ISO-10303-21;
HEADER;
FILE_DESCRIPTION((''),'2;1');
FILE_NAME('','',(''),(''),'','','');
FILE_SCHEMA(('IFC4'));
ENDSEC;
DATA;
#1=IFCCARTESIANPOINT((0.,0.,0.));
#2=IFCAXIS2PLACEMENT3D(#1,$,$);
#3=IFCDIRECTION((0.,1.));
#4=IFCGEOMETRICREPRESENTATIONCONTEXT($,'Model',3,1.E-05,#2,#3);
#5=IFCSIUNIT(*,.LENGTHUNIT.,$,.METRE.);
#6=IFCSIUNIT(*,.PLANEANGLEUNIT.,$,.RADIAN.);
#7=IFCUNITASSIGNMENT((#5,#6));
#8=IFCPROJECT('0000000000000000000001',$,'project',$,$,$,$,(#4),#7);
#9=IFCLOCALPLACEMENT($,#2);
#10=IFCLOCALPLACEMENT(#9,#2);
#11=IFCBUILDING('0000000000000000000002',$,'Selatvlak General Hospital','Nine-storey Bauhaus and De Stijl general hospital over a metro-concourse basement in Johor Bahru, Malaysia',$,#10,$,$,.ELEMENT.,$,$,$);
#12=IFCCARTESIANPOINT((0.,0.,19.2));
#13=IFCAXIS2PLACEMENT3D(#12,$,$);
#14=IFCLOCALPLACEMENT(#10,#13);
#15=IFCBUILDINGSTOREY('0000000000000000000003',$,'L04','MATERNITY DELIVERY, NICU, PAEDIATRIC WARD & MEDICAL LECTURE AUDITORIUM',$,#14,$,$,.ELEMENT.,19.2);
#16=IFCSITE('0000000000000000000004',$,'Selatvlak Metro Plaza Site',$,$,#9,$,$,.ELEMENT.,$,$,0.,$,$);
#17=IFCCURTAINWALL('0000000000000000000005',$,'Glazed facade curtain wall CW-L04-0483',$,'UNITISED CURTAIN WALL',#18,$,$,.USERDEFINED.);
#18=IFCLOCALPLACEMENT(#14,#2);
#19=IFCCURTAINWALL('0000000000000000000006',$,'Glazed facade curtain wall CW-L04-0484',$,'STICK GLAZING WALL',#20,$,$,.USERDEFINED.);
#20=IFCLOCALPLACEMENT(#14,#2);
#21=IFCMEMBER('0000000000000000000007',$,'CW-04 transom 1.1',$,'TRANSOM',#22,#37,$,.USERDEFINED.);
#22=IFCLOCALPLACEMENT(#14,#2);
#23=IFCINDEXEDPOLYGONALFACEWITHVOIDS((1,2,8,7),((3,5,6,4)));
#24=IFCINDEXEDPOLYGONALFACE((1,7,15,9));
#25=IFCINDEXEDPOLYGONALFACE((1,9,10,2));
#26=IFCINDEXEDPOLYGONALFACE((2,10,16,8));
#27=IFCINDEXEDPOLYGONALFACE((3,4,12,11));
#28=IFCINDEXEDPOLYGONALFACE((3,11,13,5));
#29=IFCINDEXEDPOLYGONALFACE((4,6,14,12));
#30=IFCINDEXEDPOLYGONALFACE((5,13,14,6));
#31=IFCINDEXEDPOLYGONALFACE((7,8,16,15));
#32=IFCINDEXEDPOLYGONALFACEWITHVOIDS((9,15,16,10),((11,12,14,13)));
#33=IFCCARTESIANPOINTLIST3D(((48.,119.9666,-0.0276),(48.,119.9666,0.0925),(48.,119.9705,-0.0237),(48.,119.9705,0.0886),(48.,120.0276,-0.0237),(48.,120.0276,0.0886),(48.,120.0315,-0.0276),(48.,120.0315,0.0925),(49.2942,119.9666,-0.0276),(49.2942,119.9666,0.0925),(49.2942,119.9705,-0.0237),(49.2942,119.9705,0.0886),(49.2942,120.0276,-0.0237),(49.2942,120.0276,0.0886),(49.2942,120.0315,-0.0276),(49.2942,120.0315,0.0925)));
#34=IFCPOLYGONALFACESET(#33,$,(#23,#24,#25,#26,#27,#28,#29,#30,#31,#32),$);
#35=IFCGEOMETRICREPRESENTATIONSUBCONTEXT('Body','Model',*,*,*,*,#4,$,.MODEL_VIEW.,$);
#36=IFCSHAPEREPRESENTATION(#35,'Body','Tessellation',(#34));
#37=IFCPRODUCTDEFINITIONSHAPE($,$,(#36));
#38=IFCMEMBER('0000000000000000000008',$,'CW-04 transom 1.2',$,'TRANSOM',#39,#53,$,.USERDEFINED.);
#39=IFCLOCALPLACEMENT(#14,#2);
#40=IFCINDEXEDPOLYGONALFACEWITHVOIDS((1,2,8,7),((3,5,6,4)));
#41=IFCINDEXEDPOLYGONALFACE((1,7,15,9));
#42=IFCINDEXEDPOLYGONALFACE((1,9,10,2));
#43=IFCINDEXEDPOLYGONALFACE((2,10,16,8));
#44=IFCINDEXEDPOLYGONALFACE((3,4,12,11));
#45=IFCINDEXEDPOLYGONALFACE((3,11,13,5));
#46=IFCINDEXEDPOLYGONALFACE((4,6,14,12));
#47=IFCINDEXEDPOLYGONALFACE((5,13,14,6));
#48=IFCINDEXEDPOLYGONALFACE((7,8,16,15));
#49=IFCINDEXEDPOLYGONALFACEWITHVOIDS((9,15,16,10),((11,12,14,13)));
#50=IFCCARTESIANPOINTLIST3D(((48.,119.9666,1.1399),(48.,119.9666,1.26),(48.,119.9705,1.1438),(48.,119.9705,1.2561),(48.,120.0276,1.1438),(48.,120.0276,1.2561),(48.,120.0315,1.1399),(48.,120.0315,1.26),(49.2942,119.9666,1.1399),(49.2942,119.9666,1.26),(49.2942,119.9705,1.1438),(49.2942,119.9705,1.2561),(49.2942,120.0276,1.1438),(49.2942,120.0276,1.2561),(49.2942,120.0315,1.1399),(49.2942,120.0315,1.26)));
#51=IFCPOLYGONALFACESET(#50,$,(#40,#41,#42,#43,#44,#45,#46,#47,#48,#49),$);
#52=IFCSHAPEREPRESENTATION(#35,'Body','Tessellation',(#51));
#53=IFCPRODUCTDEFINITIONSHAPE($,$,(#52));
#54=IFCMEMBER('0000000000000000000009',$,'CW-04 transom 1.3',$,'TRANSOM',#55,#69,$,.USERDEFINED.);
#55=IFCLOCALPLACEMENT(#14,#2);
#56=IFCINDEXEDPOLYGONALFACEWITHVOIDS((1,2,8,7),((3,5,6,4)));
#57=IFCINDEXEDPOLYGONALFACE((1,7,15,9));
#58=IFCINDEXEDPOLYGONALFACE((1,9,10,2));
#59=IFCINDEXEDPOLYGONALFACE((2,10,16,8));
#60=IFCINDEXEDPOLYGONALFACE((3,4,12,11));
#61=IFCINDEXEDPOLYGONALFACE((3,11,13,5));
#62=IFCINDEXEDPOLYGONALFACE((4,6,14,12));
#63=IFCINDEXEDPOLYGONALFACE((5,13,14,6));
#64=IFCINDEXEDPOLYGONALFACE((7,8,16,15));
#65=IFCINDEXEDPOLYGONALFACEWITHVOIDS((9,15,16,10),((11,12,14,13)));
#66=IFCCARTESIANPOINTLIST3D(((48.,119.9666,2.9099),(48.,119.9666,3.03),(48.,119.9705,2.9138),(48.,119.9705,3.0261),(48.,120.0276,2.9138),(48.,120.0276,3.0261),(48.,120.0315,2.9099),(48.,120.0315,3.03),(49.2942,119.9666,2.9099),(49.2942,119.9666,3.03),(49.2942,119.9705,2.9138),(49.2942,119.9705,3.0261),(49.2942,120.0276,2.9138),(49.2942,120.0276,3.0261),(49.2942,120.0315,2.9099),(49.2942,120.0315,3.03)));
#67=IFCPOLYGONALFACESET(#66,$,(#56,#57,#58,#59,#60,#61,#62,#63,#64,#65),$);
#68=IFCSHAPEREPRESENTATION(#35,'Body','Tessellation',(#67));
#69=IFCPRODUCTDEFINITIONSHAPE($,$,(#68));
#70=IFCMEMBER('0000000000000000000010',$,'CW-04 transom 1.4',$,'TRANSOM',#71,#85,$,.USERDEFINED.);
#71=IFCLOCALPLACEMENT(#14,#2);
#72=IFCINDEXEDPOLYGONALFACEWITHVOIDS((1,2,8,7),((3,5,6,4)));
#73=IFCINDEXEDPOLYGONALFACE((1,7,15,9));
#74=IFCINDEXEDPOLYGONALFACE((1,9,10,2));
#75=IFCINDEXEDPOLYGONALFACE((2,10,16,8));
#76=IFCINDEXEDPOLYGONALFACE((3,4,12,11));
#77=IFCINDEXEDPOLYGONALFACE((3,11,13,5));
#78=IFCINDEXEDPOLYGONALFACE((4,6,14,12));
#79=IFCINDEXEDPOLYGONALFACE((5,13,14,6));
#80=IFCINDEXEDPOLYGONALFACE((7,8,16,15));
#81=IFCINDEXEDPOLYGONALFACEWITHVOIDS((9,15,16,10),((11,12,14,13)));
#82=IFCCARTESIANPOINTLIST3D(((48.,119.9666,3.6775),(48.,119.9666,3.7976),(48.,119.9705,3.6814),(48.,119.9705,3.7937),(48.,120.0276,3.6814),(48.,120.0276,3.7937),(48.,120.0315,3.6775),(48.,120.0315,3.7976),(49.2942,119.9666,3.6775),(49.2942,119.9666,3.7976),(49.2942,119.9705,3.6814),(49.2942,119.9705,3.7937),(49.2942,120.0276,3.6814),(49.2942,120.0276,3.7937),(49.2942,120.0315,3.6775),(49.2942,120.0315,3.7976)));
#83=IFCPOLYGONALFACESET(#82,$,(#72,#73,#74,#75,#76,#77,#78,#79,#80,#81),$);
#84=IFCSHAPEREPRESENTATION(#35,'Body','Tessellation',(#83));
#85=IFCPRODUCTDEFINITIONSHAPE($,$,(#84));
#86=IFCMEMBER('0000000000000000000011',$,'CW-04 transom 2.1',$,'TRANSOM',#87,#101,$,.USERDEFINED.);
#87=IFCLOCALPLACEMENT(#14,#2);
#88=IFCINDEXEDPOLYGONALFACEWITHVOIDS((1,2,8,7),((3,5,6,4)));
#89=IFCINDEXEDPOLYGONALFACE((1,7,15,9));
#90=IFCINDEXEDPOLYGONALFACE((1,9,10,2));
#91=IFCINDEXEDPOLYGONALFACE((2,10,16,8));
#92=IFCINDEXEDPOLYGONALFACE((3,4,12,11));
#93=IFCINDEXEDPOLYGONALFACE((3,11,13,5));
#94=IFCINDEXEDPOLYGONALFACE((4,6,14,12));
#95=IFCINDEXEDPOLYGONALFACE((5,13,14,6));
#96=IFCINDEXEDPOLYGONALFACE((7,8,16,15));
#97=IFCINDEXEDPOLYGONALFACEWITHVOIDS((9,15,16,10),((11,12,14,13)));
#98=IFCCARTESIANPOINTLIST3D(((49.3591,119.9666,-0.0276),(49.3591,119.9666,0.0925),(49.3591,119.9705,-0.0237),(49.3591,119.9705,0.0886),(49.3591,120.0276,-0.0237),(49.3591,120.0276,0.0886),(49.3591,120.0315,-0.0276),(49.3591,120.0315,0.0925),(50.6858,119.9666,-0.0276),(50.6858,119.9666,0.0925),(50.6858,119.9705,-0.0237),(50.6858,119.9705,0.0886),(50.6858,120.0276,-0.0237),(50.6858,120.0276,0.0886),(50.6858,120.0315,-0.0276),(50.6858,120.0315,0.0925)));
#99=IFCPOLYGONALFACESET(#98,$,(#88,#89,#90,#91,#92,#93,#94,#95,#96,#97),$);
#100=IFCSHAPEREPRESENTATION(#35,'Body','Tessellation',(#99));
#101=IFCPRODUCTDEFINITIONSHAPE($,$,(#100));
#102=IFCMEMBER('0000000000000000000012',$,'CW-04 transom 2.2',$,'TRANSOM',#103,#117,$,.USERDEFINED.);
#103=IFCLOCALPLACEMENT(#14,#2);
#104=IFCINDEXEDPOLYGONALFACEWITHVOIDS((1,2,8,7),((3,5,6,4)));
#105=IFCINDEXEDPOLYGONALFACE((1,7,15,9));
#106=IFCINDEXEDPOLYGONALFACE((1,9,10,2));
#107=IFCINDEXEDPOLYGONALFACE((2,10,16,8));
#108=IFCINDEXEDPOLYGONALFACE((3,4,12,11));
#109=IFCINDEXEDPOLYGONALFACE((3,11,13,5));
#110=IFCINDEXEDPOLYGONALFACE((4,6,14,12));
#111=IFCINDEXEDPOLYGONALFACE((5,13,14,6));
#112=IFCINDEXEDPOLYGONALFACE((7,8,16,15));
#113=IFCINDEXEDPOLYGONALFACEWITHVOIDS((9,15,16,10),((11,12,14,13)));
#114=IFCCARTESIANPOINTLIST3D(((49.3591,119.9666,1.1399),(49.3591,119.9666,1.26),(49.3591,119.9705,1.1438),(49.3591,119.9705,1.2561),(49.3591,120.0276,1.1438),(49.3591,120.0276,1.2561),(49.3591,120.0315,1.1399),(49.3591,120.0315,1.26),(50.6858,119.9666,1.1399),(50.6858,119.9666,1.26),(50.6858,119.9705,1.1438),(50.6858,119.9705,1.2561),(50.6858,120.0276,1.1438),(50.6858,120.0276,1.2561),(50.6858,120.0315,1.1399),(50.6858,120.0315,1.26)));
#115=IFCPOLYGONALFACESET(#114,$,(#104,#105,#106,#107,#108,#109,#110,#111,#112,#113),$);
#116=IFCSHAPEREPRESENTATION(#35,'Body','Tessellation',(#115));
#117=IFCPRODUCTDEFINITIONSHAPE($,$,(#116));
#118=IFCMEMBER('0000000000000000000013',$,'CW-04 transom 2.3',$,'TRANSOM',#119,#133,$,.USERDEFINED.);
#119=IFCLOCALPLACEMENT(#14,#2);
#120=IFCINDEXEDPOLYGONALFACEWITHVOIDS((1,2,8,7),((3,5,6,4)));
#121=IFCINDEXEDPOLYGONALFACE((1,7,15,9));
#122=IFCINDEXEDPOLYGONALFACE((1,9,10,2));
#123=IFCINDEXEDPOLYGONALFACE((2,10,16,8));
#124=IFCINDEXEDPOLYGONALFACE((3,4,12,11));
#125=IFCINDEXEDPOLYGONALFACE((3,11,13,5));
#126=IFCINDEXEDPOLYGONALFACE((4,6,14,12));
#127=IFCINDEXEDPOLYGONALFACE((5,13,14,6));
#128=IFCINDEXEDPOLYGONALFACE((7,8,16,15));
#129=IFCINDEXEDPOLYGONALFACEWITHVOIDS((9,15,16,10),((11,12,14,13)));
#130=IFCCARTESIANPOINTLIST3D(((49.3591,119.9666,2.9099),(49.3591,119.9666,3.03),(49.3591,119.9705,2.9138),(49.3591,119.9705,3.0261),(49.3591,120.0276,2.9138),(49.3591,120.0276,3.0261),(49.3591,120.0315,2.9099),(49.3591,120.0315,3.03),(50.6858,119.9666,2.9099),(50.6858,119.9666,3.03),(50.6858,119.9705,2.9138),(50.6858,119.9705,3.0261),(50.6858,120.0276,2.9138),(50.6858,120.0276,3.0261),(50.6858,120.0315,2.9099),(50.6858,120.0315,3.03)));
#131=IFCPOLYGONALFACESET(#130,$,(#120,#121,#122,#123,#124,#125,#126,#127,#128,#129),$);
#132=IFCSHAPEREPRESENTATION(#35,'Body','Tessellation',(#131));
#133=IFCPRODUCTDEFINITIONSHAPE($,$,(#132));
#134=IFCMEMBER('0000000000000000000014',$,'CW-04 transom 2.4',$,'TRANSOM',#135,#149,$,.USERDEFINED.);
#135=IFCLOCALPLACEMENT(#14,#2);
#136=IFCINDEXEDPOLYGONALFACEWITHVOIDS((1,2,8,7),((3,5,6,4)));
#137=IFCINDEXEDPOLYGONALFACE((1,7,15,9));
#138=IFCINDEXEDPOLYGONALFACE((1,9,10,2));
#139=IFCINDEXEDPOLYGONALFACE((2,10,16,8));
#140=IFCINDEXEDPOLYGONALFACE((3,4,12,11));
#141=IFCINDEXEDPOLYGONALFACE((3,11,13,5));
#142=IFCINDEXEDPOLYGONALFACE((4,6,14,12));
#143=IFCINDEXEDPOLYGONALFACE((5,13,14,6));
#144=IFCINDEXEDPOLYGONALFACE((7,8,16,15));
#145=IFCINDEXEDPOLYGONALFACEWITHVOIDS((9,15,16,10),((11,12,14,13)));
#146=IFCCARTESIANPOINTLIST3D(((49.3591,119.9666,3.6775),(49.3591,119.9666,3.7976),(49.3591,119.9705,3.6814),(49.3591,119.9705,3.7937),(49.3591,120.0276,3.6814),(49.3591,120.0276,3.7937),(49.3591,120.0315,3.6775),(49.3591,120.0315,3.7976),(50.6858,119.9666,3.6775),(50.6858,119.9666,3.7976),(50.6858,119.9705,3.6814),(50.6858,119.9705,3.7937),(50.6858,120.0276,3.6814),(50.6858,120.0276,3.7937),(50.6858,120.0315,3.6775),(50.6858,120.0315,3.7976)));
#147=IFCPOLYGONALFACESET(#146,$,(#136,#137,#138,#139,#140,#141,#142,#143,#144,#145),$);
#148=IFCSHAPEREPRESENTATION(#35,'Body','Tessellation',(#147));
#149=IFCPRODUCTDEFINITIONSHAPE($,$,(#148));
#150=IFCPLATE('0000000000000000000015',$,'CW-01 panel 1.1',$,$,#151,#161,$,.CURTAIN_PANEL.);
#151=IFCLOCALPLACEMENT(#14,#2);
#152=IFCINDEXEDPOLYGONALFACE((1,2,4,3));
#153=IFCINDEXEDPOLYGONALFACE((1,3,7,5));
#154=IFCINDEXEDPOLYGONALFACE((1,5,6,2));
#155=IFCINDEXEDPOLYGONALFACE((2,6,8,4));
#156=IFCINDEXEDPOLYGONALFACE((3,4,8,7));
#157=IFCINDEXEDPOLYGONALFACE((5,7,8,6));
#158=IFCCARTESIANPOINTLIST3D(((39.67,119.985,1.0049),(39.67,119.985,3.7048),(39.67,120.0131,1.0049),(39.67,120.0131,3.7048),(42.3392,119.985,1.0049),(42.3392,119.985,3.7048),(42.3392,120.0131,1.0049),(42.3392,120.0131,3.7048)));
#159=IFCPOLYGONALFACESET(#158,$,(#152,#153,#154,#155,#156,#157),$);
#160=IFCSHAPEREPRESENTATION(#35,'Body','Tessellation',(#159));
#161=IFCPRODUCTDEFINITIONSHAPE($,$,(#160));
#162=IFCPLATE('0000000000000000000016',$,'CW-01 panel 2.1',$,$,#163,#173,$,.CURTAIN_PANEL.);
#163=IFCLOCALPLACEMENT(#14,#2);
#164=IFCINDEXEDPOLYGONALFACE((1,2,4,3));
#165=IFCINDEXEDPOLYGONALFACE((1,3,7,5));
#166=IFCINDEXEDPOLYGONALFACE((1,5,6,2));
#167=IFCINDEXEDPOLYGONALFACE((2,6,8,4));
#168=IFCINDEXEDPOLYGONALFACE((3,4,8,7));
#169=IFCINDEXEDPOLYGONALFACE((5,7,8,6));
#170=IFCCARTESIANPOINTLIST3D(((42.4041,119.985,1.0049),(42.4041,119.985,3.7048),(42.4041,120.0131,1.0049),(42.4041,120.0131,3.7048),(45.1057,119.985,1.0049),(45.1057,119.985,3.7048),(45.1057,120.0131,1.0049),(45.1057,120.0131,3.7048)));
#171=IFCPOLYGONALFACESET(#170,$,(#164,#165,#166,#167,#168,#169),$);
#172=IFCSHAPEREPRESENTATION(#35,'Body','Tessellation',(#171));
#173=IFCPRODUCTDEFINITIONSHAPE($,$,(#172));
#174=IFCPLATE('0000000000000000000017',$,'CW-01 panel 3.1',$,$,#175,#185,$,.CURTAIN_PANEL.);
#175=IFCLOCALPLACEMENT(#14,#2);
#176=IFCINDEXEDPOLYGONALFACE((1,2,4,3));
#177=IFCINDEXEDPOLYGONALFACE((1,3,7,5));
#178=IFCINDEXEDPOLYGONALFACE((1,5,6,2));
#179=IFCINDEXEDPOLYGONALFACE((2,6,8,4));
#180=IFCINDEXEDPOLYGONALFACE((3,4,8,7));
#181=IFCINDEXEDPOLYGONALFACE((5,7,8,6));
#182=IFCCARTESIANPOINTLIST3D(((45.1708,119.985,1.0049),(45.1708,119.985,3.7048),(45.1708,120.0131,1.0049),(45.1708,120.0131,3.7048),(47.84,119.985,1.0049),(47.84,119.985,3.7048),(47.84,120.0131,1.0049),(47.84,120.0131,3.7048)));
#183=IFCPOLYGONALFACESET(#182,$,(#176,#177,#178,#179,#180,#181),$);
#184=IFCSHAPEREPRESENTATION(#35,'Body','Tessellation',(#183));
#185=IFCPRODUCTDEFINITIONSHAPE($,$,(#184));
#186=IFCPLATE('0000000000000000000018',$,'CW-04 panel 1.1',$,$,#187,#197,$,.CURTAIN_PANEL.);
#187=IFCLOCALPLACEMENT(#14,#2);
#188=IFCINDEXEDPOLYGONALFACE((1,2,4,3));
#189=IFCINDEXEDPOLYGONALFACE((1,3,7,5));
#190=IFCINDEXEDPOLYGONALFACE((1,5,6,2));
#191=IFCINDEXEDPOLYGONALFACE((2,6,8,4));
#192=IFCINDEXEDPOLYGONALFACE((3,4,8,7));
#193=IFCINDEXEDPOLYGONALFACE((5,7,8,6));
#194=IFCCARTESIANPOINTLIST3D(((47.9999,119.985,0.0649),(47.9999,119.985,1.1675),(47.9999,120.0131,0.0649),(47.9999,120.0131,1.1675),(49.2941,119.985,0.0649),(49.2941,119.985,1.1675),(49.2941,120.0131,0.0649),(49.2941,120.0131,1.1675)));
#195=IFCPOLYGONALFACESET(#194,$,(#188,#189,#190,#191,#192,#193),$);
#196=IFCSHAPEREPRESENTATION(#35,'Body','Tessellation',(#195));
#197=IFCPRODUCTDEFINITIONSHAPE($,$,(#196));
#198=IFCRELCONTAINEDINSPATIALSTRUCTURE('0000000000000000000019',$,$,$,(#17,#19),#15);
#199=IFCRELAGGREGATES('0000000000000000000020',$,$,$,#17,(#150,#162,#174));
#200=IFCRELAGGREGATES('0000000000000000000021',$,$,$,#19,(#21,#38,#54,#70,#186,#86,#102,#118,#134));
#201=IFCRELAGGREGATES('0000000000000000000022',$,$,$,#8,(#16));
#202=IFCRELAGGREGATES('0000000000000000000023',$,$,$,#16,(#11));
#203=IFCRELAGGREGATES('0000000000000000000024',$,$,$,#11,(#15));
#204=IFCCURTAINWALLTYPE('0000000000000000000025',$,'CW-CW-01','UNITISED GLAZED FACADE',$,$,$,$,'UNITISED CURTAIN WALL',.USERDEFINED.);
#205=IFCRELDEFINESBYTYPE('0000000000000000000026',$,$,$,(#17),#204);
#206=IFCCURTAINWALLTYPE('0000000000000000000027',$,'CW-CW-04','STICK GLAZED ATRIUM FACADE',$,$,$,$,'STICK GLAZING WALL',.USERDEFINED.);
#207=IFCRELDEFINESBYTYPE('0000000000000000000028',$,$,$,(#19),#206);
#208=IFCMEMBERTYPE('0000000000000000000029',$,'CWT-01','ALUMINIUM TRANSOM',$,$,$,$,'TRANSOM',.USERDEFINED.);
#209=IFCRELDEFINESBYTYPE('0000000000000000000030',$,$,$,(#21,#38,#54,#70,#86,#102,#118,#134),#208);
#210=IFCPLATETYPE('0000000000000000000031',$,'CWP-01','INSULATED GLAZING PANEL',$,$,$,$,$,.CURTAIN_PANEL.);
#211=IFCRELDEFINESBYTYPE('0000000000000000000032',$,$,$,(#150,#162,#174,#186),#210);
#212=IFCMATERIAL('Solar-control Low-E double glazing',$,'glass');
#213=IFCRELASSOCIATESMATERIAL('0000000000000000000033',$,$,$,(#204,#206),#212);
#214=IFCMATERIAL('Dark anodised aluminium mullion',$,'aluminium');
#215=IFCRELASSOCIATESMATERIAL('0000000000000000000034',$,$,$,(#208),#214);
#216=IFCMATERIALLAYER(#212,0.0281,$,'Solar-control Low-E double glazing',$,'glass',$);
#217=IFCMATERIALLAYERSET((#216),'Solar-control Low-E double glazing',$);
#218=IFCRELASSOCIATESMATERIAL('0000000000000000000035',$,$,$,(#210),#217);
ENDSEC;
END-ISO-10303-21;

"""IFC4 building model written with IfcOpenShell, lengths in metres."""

from ifc_helpers import new_model, si_unit, direction, frame, origin, origin_2d, place, context, subcontext, project, spatial, rectangle, hollow_rectangle, extrude, material, layer, layer_set, material_profile, profile_set, type_object, element, aggregate, save


model = new_model("IFC4")

# Units and contexts
model_context = context("Model", 3, precision=1e-05, world=origin(), true_north=direction((0.0, 1.0)))
body_context = subcontext(model_context, "Body", "Model", "MODEL_VIEW")
ifc_project = project(units=[si_unit("LENGTHUNIT", "METRE"), si_unit("PLANEANGLEUNIT", "RADIAN")], contexts=[model_context])

# Site, building, storey
site_placement = place(None, origin())
site = spatial("IfcSite", under=ifc_project, at=site_placement, Name="Selatvlak Metro Plaza Site", CompositionType="ELEMENT", RefElevation=0.0)
building_placement = place(site_placement, origin())
building = spatial("IfcBuilding", under=site, at=building_placement, Name="Selatvlak General Hospital", Description="Nine-storey Bauhaus and De Stijl general hospital over a metro-concourse basement in Johor Bahru, Malaysia", CompositionType="ELEMENT")
storey_placement = place(building_placement, frame((0.0, 0.0, 19.2)))
storey = spatial("IfcBuildingStorey", under=building, at=storey_placement, Name="L04", Description="MATERNITY DELIVERY, NICU, PAEDIATRIC WARD & MEDICAL LECTURE AUDITORIUM", CompositionType="ELEMENT", Elevation=19.2)

# Curtain walls
ifc_material_1 = material(Name="Solar-control Low-E double glazing", Category="glass")
curtain_wall_type_1 = type_object("IfcCurtainWallType", Name="CW-CW-01", Description="UNITISED GLAZED FACADE", ElementType="UNITISED CURTAIN WALL", PredefinedType="USERDEFINED", material=ifc_material_1)
curtain_wall_1_placement = place(storey_placement, origin())
curtain_wall_1 = element("IfcCurtainWall", 1, at=curtain_wall_1_placement, inside=storey, type_object=curtain_wall_type_1, Name="Glazed facade curtain wall CW-L04-0483", ObjectType="UNITISED CURTAIN WALL", PredefinedType="USERDEFINED")
ifc_material_2 = material(Name="Dark anodised aluminium mullion", Category="aluminium")
curtain_wall_type_2 = type_object("IfcCurtainWallType", Name="CW-CW-04", Description="STICK GLAZED ATRIUM FACADE", ElementType="STICK GLAZING WALL", PredefinedType="USERDEFINED", material=ifc_material_1)
curtain_wall_2_placement = place(storey_placement, origin())
curtain_wall_2 = element("IfcCurtainWall", 2, at=curtain_wall_2_placement, inside=storey, type_object=curtain_wall_type_2, Name="Glazed facade curtain wall CW-L04-0484", ObjectType="STICK GLAZING WALL", PredefinedType="USERDEFINED")

# Members
ifc_material_profile_1 = material_profile(ifc_material_2, hollow_rectangle(XDim=0.0649, YDim=0.1201, WallThickness=0.0039, at=origin_2d()), Name="AL-TRN 65x120x4")
ifc_profile_set_1 = profile_set([ifc_material_profile_1], Name="Dark anodised aluminium mullion")
member_type_1 = type_object("IfcMemberType", Name="CWT-01", Description="ALUMINIUM TRANSOM", ElementType="TRANSOM", PredefinedType="USERDEFINED", material=ifc_profile_set_1)
member_1_placement = place(storey_placement, frame((48.0, 119.999, 0.0325), z_axis=(1.0, 0.0, 0.0), x_axis=(0.0, 1.0, 0.0)))
member_1 = element("IfcMember", 3, at=member_1_placement, type_object=member_type_1, Name="CW-04 transom 1.1", ObjectType="TRANSOM", PredefinedType="USERDEFINED", context=body_context, shape_type="SweptSolid", body=[
    extrude(hollow_rectangle(XDim=0.0649, YDim=0.1201, WallThickness=0.0039, at=origin_2d()), origin(), (0.0, 0.0, 1.0), 1.2942),
])
member_2_placement = place(storey_placement, frame((48.0, 119.999, 1.2), z_axis=(1.0, 0.0, 0.0), x_axis=(0.0, 1.0, 0.0)))
member_2 = element("IfcMember", 4, at=member_2_placement, type_object=member_type_1, Name="CW-04 transom 1.2", ObjectType="TRANSOM", PredefinedType="USERDEFINED", context=body_context, shape_type="SweptSolid", body=[
    extrude(hollow_rectangle(XDim=0.0649, YDim=0.1201, WallThickness=0.0039, at=origin_2d()), origin(), (0.0, 0.0, 1.0), 1.2942),
])
member_3_placement = place(storey_placement, frame((48.0, 119.999, 2.97), z_axis=(1.0, 0.0, 0.0), x_axis=(0.0, 1.0, 0.0)))
member_3 = element("IfcMember", 5, at=member_3_placement, type_object=member_type_1, Name="CW-04 transom 1.3", ObjectType="TRANSOM", PredefinedType="USERDEFINED", context=body_context, shape_type="SweptSolid", body=[
    extrude(hollow_rectangle(XDim=0.0649, YDim=0.1201, WallThickness=0.0039, at=origin_2d()), origin(), (0.0, 0.0, 1.0), 1.2942),
])
member_4_placement = place(storey_placement, frame((48.0, 119.999, 3.7375), z_axis=(1.0, 0.0, 0.0), x_axis=(0.0, 1.0, 0.0)))
member_4 = element("IfcMember", 6, at=member_4_placement, type_object=member_type_1, Name="CW-04 transom 1.4", ObjectType="TRANSOM", PredefinedType="USERDEFINED", context=body_context, shape_type="SweptSolid", body=[
    extrude(hollow_rectangle(XDim=0.0649, YDim=0.1201, WallThickness=0.0039, at=origin_2d()), origin(), (0.0, 0.0, 1.0), 1.2942),
])
member_5_placement = place(storey_placement, frame((49.3591, 119.999, 0.0325), z_axis=(1.0, 0.0, 0.0), x_axis=(0.0, 1.0, 0.0)))
member_5 = element("IfcMember", 7, at=member_5_placement, type_object=member_type_1, Name="CW-04 transom 2.1", ObjectType="TRANSOM", PredefinedType="USERDEFINED", context=body_context, shape_type="SweptSolid", body=[
    extrude(hollow_rectangle(XDim=0.0649, YDim=0.1201, WallThickness=0.0039, at=origin_2d()), origin(), (0.0, 0.0, 1.0), 1.3267),
])
member_6_placement = place(storey_placement, frame((49.3591, 119.999, 1.2), z_axis=(1.0, 0.0, 0.0), x_axis=(0.0, 1.0, 0.0)))
member_6 = element("IfcMember", 8, at=member_6_placement, type_object=member_type_1, Name="CW-04 transom 2.2", ObjectType="TRANSOM", PredefinedType="USERDEFINED", context=body_context, shape_type="SweptSolid", body=[
    extrude(hollow_rectangle(XDim=0.0649, YDim=0.1201, WallThickness=0.0039, at=origin_2d()), origin(), (0.0, 0.0, 1.0), 1.3267),
])
member_7_placement = place(storey_placement, frame((49.3591, 119.999, 2.97), z_axis=(1.0, 0.0, 0.0), x_axis=(0.0, 1.0, 0.0)))
member_7 = element("IfcMember", 9, at=member_7_placement, type_object=member_type_1, Name="CW-04 transom 2.3", ObjectType="TRANSOM", PredefinedType="USERDEFINED", context=body_context, shape_type="SweptSolid", body=[
    extrude(hollow_rectangle(XDim=0.0649, YDim=0.1201, WallThickness=0.0039, at=origin_2d()), origin(), (0.0, 0.0, 1.0), 1.3267),
])
member_8_placement = place(storey_placement, frame((49.3591, 119.999, 3.7375), z_axis=(1.0, 0.0, 0.0), x_axis=(0.0, 1.0, 0.0)))
member_8 = element("IfcMember", 10, at=member_8_placement, type_object=member_type_1, Name="CW-04 transom 2.4", ObjectType="TRANSOM", PredefinedType="USERDEFINED", context=body_context, shape_type="SweptSolid", body=[
    extrude(hollow_rectangle(XDim=0.0649, YDim=0.1201, WallThickness=0.0039, at=origin_2d()), origin(), (0.0, 0.0, 1.0), 1.3267),
])

# Plates
ifc_layer_1 = layer(ifc_material_1, 0.0281, Name="Solar-control Low-E double glazing", Category="glass")
ifc_layer_set_1 = layer_set([ifc_layer_1], Name="Solar-control Low-E double glazing")
plate_type = type_object("IfcPlateType", Name="CWP-01", Description="INSULATED GLAZING PANEL", PredefinedType="CURTAIN_PANEL", material=ifc_layer_set_1)
plate_1_placement = place(storey_placement, frame((41.0046, 119.999, 1.0049), z_axis=(0.0, 0.0, 1.0), x_axis=(1.0, 0.0, 0.0)))
plate_1 = element("IfcPlate", 11, at=plate_1_placement, type_object=plate_type, Name="CW-01 panel 1.1", PredefinedType="CURTAIN_PANEL", context=body_context, shape_type="SweptSolid", body=[
    extrude(rectangle(XDim=2.6692, YDim=0.0281, at=origin_2d()), origin(), (0.0, 0.0, 1.0), 2.7),
])
plate_2_placement = place(storey_placement, frame((43.7549, 119.999, 1.0049), z_axis=(0.0, 0.0, 1.0), x_axis=(1.0, 0.0, 0.0)))
plate_2 = element("IfcPlate", 12, at=plate_2_placement, type_object=plate_type, Name="CW-01 panel 2.1", PredefinedType="CURTAIN_PANEL", context=body_context, shape_type="SweptSolid", body=[
    extrude(rectangle(XDim=2.7017, YDim=0.0281, at=origin_2d()), origin(), (0.0, 0.0, 1.0), 2.7),
])
plate_3_placement = place(storey_placement, frame((46.5054, 119.999, 1.0049), z_axis=(0.0, 0.0, 1.0), x_axis=(1.0, 0.0, 0.0)))
plate_3 = element("IfcPlate", 13, at=plate_3_placement, type_object=plate_type, Name="CW-01 panel 3.1", PredefinedType="CURTAIN_PANEL", context=body_context, shape_type="SweptSolid", body=[
    extrude(rectangle(XDim=2.6692, YDim=0.0281, at=origin_2d()), origin(), (0.0, 0.0, 1.0), 2.7),
])
aggregate(curtain_wall_1, [plate_1, plate_2, plate_3])
plate_4_placement = place(storey_placement, frame((48.647, 119.999, 0.0649), z_axis=(0.0, 0.0, 1.0), x_axis=(1.0, 0.0, 0.0)))
plate_4 = element("IfcPlate", 14, at=plate_4_placement, type_object=plate_type, Name="CW-04 panel 1.1", PredefinedType="CURTAIN_PANEL", context=body_context, shape_type="SweptSolid", body=[
    extrude(rectangle(XDim=1.2942, YDim=0.0281, at=origin_2d()), origin(), (0.0, 0.0, 1.0), 1.1025),
])
aggregate(curtain_wall_2, [member_1, member_2, member_3, member_4, plate_4, member_5, member_6, member_7, member_8])

save(model, "model.ifc")
